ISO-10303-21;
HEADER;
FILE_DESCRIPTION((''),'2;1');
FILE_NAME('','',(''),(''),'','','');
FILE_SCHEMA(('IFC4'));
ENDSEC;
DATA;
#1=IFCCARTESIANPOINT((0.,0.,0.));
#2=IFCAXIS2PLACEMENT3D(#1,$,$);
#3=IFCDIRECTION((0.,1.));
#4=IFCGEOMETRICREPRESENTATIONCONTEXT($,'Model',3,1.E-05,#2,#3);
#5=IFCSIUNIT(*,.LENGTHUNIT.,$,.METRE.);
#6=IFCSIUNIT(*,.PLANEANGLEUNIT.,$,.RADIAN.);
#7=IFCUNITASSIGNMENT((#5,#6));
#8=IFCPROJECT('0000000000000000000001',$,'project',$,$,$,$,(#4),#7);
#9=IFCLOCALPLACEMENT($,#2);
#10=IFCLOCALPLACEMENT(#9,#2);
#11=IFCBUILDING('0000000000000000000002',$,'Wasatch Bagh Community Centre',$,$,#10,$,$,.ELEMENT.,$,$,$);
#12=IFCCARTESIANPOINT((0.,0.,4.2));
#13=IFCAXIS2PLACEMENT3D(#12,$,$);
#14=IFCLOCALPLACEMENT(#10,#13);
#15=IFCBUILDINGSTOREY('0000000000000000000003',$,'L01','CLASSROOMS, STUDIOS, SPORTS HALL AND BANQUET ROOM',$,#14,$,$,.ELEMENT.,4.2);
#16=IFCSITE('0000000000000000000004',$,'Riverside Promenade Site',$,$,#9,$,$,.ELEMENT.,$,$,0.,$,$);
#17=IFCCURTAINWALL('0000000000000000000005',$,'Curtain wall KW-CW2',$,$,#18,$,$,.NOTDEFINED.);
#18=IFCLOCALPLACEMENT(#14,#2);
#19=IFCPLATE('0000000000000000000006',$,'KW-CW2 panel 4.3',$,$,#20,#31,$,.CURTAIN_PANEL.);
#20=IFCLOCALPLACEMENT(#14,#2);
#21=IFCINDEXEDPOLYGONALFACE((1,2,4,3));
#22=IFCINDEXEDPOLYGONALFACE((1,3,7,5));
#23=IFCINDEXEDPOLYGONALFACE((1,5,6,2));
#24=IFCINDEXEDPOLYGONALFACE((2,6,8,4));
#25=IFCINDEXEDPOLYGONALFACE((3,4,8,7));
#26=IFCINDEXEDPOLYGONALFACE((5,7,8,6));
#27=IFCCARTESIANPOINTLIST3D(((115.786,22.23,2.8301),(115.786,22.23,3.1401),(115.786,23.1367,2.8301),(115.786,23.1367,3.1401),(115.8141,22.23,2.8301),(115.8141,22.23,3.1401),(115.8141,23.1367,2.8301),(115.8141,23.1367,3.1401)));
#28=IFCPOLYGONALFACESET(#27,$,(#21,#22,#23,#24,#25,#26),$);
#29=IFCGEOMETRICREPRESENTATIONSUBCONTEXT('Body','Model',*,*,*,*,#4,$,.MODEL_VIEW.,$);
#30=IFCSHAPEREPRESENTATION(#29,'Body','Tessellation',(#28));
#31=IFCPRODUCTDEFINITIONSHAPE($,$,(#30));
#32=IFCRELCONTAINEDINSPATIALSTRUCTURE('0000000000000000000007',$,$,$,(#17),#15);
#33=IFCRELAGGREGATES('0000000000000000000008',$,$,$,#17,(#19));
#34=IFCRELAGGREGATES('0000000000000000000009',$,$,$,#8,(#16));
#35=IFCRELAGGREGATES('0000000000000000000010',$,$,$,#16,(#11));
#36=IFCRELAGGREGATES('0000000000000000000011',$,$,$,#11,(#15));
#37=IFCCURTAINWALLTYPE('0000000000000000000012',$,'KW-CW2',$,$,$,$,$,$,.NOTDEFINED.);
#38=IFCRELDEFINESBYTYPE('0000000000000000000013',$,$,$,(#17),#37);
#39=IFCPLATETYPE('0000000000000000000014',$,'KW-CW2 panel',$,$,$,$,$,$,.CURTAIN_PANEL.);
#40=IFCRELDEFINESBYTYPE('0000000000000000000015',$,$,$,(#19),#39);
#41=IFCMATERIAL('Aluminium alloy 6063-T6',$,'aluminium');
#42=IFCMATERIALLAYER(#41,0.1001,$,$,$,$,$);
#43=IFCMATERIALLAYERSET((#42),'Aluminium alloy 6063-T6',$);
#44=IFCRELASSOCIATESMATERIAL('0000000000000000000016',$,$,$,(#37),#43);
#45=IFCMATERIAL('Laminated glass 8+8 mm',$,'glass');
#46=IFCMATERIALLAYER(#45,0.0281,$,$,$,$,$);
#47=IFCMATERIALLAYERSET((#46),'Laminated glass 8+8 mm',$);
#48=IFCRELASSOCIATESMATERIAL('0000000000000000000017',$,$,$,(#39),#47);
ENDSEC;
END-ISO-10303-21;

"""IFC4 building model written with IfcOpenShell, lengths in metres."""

from ifc_helpers import new_model, si_unit, direction, frame, origin, origin_2d, place, context, subcontext, project, spatial, rectangle, extrude, material, layer, layer_set, type_object, element, aggregate, save


model = new_model("IFC4")

# Units and contexts
model_context = context("Model", 3, precision=1e-05, world=origin(), true_north=direction((0.0, 1.0)))
body_context = subcontext(model_context, "Body", "Model", "MODEL_VIEW")
ifc_project = project(units=[si_unit("LENGTHUNIT", "METRE"), si_unit("PLANEANGLEUNIT", "RADIAN")], contexts=[model_context])

# Site, building, storey
site_placement = place(None, origin())
site = spatial("IfcSite", under=ifc_project, at=site_placement, Name="Riverside Promenade Site", CompositionType="ELEMENT", RefElevation=0.0)
building_placement = place(site_placement, origin())
building = spatial("IfcBuilding", under=site, at=building_placement, Name="Wasatch Bagh Community Centre", CompositionType="ELEMENT")
storey_placement = place(building_placement, frame((0.0, 0.0, 4.2)))
storey = spatial("IfcBuildingStorey", under=building, at=storey_placement, Name="L01", Description="CLASSROOMS, STUDIOS, SPORTS HALL AND BANQUET ROOM", CompositionType="ELEMENT", Elevation=4.2)

# Curtain wall, plate
ifc_material_1 = material(Name="Aluminium alloy 6063-T6", Category="aluminium")
ifc_layer_1 = layer(ifc_material_1, 0.1001)
ifc_layer_set_1 = layer_set([ifc_layer_1], Name="Aluminium alloy 6063-T6")
curtain_wall_type = type_object("IfcCurtainWallType", Name="KW-CW2", PredefinedType="NOTDEFINED", material=ifc_layer_set_1)
curtain_wall_placement = place(storey_placement, origin())
curtain_wall = element("IfcCurtainWall", 1, at=curtain_wall_placement, inside=storey, type_object=curtain_wall_type, Name="Curtain wall KW-CW2", PredefinedType="NOTDEFINED")
ifc_material_2 = material(Name="Laminated glass 8+8 mm", Category="glass")
ifc_layer_2 = layer(ifc_material_2, 0.0281)
ifc_layer_set_2 = layer_set([ifc_layer_2], Name="Laminated glass 8+8 mm")
plate_type = type_object("IfcPlateType", Name="KW-CW2 panel", PredefinedType="CURTAIN_PANEL", material=ifc_layer_set_2)
plate_1_placement = place(storey_placement, frame((115.8, 22.6833, 2.8301), z_axis=(0.0, 0.0, 1.0), x_axis=(0.0, 1.0, 0.0)))
plate_1 = element("IfcPlate", 2, at=plate_1_placement, type_object=plate_type, Name="KW-CW2 panel 4.3", PredefinedType="CURTAIN_PANEL", context=body_context, shape_type="SweptSolid", body=[
    extrude(rectangle(XDim=0.9067, YDim=0.0281, at=origin_2d()), origin(), (0.0, 0.0, 1.0), 0.3101),
])
aggregate(curtain_wall, [plate_1])

save(model, "model.ifc")
